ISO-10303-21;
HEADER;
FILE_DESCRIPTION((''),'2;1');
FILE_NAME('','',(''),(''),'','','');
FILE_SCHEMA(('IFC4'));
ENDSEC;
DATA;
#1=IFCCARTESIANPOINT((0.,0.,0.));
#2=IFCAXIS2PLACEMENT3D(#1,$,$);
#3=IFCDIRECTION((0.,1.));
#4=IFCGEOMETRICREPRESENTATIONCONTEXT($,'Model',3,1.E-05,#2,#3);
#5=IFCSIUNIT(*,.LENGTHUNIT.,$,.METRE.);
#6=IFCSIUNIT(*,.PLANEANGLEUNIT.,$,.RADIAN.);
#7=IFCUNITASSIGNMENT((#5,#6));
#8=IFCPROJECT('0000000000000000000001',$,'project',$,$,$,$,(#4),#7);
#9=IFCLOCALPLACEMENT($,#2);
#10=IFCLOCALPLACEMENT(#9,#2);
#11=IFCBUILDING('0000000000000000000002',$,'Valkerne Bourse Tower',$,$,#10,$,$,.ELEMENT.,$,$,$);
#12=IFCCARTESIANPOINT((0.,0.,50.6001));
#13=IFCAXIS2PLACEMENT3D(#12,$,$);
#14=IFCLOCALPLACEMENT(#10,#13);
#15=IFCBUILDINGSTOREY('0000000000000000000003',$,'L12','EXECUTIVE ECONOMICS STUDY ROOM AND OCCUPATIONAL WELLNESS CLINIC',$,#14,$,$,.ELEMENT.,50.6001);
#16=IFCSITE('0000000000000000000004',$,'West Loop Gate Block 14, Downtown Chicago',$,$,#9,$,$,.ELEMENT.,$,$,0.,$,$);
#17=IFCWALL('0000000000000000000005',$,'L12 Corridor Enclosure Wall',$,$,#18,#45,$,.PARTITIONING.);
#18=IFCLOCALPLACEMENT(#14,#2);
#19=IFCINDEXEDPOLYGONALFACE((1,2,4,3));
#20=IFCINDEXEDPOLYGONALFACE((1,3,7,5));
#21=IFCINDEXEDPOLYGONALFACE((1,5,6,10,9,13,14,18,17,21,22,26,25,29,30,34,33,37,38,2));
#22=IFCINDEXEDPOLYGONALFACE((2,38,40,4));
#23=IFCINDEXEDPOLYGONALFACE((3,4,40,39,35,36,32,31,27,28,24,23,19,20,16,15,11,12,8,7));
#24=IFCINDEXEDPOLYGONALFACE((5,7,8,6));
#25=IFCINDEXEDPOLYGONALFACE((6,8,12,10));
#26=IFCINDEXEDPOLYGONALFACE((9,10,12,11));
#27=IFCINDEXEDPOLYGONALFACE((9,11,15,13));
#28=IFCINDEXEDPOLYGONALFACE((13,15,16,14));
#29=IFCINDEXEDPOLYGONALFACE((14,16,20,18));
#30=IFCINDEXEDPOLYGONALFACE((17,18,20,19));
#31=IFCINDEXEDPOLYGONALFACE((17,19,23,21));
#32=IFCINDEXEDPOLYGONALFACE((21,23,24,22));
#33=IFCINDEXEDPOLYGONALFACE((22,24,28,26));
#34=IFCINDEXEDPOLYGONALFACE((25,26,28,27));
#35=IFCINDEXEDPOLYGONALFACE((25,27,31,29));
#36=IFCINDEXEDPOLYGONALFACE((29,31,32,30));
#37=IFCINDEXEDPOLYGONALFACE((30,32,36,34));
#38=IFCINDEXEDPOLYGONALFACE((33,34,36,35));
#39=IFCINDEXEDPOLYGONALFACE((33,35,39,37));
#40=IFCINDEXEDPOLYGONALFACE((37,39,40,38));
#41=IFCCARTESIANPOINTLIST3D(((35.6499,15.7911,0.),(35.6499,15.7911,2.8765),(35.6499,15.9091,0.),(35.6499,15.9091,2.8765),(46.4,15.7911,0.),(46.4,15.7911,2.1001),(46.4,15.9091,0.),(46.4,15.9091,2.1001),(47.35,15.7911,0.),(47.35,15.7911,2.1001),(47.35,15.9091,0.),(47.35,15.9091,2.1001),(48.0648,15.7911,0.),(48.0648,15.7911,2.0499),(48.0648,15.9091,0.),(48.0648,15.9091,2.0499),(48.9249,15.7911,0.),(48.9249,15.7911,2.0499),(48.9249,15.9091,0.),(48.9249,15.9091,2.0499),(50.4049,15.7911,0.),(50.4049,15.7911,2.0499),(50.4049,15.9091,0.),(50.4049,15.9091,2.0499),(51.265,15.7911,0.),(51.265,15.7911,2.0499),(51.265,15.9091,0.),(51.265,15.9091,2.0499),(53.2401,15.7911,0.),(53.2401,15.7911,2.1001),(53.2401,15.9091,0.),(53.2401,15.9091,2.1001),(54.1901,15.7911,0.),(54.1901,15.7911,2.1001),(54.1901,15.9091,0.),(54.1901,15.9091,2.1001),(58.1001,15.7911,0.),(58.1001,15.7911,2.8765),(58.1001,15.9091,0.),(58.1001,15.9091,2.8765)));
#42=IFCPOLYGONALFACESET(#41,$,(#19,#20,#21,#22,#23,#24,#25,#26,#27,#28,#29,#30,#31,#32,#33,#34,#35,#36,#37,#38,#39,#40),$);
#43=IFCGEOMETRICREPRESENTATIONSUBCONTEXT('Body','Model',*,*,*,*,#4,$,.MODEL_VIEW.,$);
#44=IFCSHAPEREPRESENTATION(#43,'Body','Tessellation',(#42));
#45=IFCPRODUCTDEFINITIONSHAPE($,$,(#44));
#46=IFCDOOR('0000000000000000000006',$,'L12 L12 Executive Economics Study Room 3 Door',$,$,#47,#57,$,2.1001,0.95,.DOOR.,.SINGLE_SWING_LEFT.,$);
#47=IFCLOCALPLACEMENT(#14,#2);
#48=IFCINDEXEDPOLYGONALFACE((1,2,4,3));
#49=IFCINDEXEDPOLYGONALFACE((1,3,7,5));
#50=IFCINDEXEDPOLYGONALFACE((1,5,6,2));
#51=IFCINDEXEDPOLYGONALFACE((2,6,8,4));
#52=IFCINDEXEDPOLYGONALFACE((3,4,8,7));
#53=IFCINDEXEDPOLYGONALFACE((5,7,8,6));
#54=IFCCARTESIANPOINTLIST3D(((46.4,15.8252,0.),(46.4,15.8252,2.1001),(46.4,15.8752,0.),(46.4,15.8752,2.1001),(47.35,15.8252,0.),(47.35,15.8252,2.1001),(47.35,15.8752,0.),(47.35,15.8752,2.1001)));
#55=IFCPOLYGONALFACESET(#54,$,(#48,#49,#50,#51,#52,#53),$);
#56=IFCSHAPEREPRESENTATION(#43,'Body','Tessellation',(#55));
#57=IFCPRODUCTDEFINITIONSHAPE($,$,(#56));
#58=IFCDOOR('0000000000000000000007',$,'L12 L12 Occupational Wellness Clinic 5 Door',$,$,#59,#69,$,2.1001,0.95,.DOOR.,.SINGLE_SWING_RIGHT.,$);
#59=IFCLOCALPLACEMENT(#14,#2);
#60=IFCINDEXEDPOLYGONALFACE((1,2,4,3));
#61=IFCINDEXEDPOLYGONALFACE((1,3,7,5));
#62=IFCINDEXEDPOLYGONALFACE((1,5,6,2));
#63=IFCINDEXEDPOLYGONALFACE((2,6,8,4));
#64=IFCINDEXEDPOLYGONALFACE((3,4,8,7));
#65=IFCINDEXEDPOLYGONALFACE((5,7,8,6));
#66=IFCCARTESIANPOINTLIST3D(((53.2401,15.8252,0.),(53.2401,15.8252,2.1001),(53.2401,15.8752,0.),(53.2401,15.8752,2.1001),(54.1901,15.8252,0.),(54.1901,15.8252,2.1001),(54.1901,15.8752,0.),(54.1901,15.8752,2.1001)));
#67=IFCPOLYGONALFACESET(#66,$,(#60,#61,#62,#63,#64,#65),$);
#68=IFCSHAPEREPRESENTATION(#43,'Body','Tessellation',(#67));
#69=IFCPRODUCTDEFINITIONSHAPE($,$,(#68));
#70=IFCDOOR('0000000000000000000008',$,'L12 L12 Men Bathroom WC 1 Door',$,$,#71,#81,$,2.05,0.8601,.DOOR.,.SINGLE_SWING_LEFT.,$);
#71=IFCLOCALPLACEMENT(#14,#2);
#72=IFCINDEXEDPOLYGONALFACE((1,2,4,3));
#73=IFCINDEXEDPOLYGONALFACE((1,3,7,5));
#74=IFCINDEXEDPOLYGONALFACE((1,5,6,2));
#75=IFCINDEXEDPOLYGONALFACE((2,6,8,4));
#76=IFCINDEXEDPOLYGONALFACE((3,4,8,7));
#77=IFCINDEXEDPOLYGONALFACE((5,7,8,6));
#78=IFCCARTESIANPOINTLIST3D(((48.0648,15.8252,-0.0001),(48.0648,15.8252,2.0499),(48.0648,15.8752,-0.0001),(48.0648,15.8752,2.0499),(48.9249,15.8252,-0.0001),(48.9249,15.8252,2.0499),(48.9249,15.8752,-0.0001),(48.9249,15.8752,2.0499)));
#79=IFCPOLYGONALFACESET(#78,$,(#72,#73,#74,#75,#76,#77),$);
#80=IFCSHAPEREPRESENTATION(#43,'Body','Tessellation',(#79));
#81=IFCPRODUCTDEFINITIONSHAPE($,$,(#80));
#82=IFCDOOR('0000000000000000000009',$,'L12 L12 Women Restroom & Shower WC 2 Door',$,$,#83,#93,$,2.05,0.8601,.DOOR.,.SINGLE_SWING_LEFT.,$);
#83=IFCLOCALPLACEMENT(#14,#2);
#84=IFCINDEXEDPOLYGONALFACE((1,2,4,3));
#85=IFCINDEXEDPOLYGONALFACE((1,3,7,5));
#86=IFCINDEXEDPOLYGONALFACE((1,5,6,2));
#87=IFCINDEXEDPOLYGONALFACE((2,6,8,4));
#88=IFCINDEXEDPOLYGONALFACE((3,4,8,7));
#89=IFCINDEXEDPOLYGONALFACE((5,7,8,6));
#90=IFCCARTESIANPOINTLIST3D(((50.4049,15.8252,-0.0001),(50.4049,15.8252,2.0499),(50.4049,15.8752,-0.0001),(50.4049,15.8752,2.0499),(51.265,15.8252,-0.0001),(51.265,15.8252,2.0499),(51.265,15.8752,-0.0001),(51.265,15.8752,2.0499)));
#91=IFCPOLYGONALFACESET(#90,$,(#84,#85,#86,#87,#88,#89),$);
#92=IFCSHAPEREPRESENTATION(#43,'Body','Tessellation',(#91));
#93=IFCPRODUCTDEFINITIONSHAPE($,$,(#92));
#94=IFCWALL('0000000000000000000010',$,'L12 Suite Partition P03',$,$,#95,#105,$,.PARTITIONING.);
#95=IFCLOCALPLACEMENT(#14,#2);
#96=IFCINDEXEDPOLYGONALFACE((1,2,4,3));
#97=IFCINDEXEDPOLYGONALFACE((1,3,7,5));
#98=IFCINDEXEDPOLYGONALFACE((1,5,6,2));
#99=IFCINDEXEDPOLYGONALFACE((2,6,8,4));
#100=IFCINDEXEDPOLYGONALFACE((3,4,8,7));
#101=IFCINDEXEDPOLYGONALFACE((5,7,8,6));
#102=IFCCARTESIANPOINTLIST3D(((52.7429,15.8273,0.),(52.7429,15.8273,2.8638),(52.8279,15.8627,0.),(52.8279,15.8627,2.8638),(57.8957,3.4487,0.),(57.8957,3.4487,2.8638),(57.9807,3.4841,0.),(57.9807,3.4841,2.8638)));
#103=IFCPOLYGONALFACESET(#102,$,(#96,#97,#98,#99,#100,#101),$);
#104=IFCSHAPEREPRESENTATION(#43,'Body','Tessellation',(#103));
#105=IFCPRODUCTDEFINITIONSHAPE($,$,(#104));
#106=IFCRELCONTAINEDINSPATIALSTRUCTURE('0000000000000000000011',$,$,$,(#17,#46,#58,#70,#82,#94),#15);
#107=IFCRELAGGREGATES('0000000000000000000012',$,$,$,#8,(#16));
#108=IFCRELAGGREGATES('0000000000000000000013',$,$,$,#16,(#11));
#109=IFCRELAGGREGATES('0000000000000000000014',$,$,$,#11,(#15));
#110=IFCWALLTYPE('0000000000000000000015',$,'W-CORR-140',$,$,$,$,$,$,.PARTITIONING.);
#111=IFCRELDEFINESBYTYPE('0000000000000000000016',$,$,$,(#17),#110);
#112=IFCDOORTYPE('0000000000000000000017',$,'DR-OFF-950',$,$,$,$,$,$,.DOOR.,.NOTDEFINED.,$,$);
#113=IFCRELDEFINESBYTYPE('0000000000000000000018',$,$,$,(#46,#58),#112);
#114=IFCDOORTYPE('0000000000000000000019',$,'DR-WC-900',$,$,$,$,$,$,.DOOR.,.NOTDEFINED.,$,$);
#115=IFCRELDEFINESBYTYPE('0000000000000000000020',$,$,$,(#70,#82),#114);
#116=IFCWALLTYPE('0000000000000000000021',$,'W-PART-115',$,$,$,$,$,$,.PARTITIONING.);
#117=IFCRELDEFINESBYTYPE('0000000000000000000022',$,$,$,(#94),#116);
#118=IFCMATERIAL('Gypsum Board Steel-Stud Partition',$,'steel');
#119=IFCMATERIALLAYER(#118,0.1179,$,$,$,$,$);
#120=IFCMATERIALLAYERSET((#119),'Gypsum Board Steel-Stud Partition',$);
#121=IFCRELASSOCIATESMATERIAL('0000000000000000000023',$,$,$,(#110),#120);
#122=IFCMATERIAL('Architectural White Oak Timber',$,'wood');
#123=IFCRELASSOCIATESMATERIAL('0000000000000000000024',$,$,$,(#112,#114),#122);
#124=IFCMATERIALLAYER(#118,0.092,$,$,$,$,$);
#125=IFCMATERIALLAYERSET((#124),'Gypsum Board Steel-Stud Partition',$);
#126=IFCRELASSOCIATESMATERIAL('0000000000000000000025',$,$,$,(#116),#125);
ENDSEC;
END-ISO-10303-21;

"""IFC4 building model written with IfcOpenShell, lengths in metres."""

from ifc_helpers import new_model, si_unit, direction, frame, frame_2d, origin, place, context, subcontext, project, spatial, rectangle, extrude, material, layer, layer_set, type_object, element, fill, save


model = new_model("IFC4")

# Units and contexts
model_context = context("Model", 3, precision=1e-05, world=origin(), true_north=direction((0.0, 1.0)))
body_context = subcontext(model_context, "Body", "Model", "MODEL_VIEW")
ifc_project = project(units=[si_unit("LENGTHUNIT", "METRE"), si_unit("PLANEANGLEUNIT", "RADIAN")], contexts=[model_context])

# Site, building, storey
site_placement = place(None, origin())
site = spatial("IfcSite", under=ifc_project, at=site_placement, Name="West Loop Gate Block 14, Downtown Chicago", CompositionType="ELEMENT", RefElevation=0.0)
building_placement = place(site_placement, origin())
building = spatial("IfcBuilding", under=site, at=building_placement, Name="Valkerne Bourse Tower", CompositionType="ELEMENT")
storey_placement = place(building_placement, frame((0.0, 0.0, 50.6001)))
storey = spatial("IfcBuildingStorey", under=building, at=storey_placement, Name="L12", Description="EXECUTIVE ECONOMICS STUDY ROOM AND OCCUPATIONAL WELLNESS CLINIC", CompositionType="ELEMENT", Elevation=50.6001)

# Wall, openings, doors
ifc_material_1 = material(Name="Gypsum Board Steel-Stud Partition", Category="steel")
ifc_layer_1 = layer(ifc_material_1, 0.1179)
ifc_layer_set_1 = layer_set([ifc_layer_1], Name="Gypsum Board Steel-Stud Partition")
wall_type_1 = type_object("IfcWallType", Name="W-CORR-140", PredefinedType="PARTITIONING", material=ifc_layer_set_1)
wall_1_placement = place(storey_placement, frame((58.1001, 15.8501, 0.0), z_axis=(0.0, 0.0, 1.0), x_axis=(-1.0, 0.0, 0.0)))
wall_1 = element("IfcWall", 1, at=wall_1_placement, inside=storey, type_object=wall_type_1, Name="L12 Corridor Enclosure Wall", PredefinedType="PARTITIONING", context=body_context, shape_type="SweptSolid", body=[
    extrude(rectangle(XDim=22.4502, YDim=0.1179, at=frame_2d((11.2251, 0.0))), origin(), (0.0, 0.0, 1.0), 2.8765),
])
opening_1_placement = place(wall_1_placement, frame((9.175, 0.0, 0.0)))
opening_1 = element("IfcOpeningElement", 2, at=opening_1_placement, cuts=wall_1, PredefinedType="OPENING", context=body_context, shape_type="SweptSolid", body=[
    extrude(rectangle(XDim=0.8601, YDim=2.05, at=frame_2d((0.4302, 1.0249))), frame((0.0, 0.0688, 0.0), z_axis=(0.0, -1.0, 0.0), x_axis=(1.0, 0.0, 0.0)), (0.0, 0.0, 1.0), 0.1379),
])
opening_2_placement = place(wall_1_placement, frame((6.835, 0.0, 0.0)))
opening_2 = element("IfcOpeningElement", 3, at=opening_2_placement, cuts=wall_1, PredefinedType="OPENING", context=body_context, shape_type="SweptSolid", body=[
    extrude(rectangle(XDim=0.8601, YDim=2.05, at=frame_2d((0.4302, 1.0249))), frame((0.0, 0.0688, 0.0), z_axis=(0.0, -1.0, 0.0), x_axis=(1.0, 0.0, 0.0)), (0.0, 0.0, 1.0), 0.1379),
])
opening_3_placement = place(wall_1_placement, frame((10.75, 0.0, 0.0)))
opening_3 = element("IfcOpeningElement", 4, at=opening_3_placement, cuts=wall_1, PredefinedType="OPENING", context=body_context, shape_type="SweptSolid", body=[
    extrude(rectangle(XDim=0.95, YDim=2.1001, at=frame_2d((0.4751, 1.05))), frame((0.0, 0.0688, 0.0), z_axis=(0.0, -1.0, 0.0), x_axis=(1.0, 0.0, 0.0)), (0.0, 0.0, 1.0), 0.1379),
])
opening_4_placement = place(wall_1_placement, frame((3.9099, 0.0, 0.0)))
opening_4 = element("IfcOpeningElement", 5, at=opening_4_placement, cuts=wall_1, PredefinedType="OPENING", context=body_context, shape_type="SweptSolid", body=[
    extrude(rectangle(XDim=0.95, YDim=2.1001, at=frame_2d((0.4751, 1.05))), frame((0.0, 0.0688, 0.0), z_axis=(0.0, -1.0, 0.0), x_axis=(1.0, 0.0, 0.0)), (0.0, 0.0, 1.0), 0.1379),
])
ifc_material_2 = material(Name="Architectural White Oak Timber", Category="wood")
door_type_1 = type_object("IfcDoorType", Name="DR-OFF-950", OperationType="NOTDEFINED", PredefinedType="DOOR", material=ifc_material_2)
door_1_placement = place(opening_3_placement, origin())
door_1 = element("IfcDoor", 6, at=door_1_placement, inside=storey, type_object=door_type_1, Name="L12 L12 Executive Economics Study Room 3 Door", OperationType="SINGLE_SWING_LEFT", OverallHeight=2.1001, OverallWidth=0.95, PredefinedType="DOOR", context=body_context, shape_type="SweptSolid", body=[
    extrude(rectangle(XDim=0.95, YDim=2.1001, at=frame_2d((0.4751, 1.05))), frame((0.0, 0.0249, 0.0), z_axis=(0.0, -1.0, 0.0), x_axis=(1.0, 0.0, 0.0)), (0.0, 0.0, 1.0), 0.05),
])
fill(opening_3, door_1)
door_2_placement = place(opening_4_placement, origin())
door_2 = element("IfcDoor", 7, at=door_2_placement, inside=storey, type_object=door_type_1, Name="L12 L12 Occupational Wellness Clinic 5 Door", OperationType="SINGLE_SWING_RIGHT", OverallHeight=2.1001, OverallWidth=0.95, PredefinedType="DOOR", context=body_context, shape_type="SweptSolid", body=[
    extrude(rectangle(XDim=0.95, YDim=2.1001, at=frame_2d((0.4751, 1.05))), frame((0.0, 0.0249, 0.0), z_axis=(0.0, -1.0, 0.0), x_axis=(1.0, 0.0, 0.0)), (0.0, 0.0, 1.0), 0.05),
])
fill(opening_4, door_2)
door_type_2 = type_object("IfcDoorType", Name="DR-WC-900", OperationType="NOTDEFINED", PredefinedType="DOOR", material=ifc_material_2)
door_3_placement = place(opening_1_placement, origin())
door_3 = element("IfcDoor", 8, at=door_3_placement, inside=storey, type_object=door_type_2, Name="L12 L12 Men Bathroom WC 1 Door", OperationType="SINGLE_SWING_LEFT", OverallHeight=2.05, OverallWidth=0.8601, PredefinedType="DOOR", context=body_context, shape_type="SweptSolid", body=[
    extrude(rectangle(XDim=0.8601, YDim=2.05, at=frame_2d((0.4302, 1.0249))), frame((0.0, 0.0249, 0.0), z_axis=(0.0, -1.0, 0.0), x_axis=(1.0, 0.0, 0.0)), (0.0, 0.0, 1.0), 0.05),
])
fill(opening_1, door_3)
door_4_placement = place(opening_2_placement, origin())
door_4 = element("IfcDoor", 9, at=door_4_placement, inside=storey, type_object=door_type_2, Name="L12 L12 Women Restroom & Shower WC 2 Door", OperationType="SINGLE_SWING_LEFT", OverallHeight=2.05, OverallWidth=0.8601, PredefinedType="DOOR", context=body_context, shape_type="SweptSolid", body=[
    extrude(rectangle(XDim=0.8601, YDim=2.05, at=frame_2d((0.4302, 1.0249))), frame((0.0, 0.0249, 0.0), z_axis=(0.0, -1.0, 0.0), x_axis=(1.0, 0.0, 0.0)), (0.0, 0.0, 1.0), 0.05),
])
fill(opening_2, door_4)

# Wall
ifc_layer_2 = layer(ifc_material_1, 0.092)
ifc_layer_set_2 = layer_set([ifc_layer_2], Name="Gypsum Board Steel-Stud Partition")
wall_type_2 = type_object("IfcWallType", Name="W-PART-115", PredefinedType="PARTITIONING", material=ifc_layer_set_2)
wall_2_placement = place(storey_placement, frame((52.7854, 15.845, 0.0), z_axis=(0.0, 0.0, 1.0), x_axis=(0.384301, -0.923208, 0.0)))
element("IfcWall", 10, at=wall_2_placement, inside=storey, type_object=wall_type_2, Name="L12 Suite Partition P03", PredefinedType="PARTITIONING", context=body_context, shape_type="SweptSolid", body=[
    extrude(rectangle(XDim=13.4082, YDim=0.092, at=frame_2d((6.7041, 0.0))), origin(), (0.0, 0.0, 1.0), 2.8638),
])

save(model, "model.ifc")
